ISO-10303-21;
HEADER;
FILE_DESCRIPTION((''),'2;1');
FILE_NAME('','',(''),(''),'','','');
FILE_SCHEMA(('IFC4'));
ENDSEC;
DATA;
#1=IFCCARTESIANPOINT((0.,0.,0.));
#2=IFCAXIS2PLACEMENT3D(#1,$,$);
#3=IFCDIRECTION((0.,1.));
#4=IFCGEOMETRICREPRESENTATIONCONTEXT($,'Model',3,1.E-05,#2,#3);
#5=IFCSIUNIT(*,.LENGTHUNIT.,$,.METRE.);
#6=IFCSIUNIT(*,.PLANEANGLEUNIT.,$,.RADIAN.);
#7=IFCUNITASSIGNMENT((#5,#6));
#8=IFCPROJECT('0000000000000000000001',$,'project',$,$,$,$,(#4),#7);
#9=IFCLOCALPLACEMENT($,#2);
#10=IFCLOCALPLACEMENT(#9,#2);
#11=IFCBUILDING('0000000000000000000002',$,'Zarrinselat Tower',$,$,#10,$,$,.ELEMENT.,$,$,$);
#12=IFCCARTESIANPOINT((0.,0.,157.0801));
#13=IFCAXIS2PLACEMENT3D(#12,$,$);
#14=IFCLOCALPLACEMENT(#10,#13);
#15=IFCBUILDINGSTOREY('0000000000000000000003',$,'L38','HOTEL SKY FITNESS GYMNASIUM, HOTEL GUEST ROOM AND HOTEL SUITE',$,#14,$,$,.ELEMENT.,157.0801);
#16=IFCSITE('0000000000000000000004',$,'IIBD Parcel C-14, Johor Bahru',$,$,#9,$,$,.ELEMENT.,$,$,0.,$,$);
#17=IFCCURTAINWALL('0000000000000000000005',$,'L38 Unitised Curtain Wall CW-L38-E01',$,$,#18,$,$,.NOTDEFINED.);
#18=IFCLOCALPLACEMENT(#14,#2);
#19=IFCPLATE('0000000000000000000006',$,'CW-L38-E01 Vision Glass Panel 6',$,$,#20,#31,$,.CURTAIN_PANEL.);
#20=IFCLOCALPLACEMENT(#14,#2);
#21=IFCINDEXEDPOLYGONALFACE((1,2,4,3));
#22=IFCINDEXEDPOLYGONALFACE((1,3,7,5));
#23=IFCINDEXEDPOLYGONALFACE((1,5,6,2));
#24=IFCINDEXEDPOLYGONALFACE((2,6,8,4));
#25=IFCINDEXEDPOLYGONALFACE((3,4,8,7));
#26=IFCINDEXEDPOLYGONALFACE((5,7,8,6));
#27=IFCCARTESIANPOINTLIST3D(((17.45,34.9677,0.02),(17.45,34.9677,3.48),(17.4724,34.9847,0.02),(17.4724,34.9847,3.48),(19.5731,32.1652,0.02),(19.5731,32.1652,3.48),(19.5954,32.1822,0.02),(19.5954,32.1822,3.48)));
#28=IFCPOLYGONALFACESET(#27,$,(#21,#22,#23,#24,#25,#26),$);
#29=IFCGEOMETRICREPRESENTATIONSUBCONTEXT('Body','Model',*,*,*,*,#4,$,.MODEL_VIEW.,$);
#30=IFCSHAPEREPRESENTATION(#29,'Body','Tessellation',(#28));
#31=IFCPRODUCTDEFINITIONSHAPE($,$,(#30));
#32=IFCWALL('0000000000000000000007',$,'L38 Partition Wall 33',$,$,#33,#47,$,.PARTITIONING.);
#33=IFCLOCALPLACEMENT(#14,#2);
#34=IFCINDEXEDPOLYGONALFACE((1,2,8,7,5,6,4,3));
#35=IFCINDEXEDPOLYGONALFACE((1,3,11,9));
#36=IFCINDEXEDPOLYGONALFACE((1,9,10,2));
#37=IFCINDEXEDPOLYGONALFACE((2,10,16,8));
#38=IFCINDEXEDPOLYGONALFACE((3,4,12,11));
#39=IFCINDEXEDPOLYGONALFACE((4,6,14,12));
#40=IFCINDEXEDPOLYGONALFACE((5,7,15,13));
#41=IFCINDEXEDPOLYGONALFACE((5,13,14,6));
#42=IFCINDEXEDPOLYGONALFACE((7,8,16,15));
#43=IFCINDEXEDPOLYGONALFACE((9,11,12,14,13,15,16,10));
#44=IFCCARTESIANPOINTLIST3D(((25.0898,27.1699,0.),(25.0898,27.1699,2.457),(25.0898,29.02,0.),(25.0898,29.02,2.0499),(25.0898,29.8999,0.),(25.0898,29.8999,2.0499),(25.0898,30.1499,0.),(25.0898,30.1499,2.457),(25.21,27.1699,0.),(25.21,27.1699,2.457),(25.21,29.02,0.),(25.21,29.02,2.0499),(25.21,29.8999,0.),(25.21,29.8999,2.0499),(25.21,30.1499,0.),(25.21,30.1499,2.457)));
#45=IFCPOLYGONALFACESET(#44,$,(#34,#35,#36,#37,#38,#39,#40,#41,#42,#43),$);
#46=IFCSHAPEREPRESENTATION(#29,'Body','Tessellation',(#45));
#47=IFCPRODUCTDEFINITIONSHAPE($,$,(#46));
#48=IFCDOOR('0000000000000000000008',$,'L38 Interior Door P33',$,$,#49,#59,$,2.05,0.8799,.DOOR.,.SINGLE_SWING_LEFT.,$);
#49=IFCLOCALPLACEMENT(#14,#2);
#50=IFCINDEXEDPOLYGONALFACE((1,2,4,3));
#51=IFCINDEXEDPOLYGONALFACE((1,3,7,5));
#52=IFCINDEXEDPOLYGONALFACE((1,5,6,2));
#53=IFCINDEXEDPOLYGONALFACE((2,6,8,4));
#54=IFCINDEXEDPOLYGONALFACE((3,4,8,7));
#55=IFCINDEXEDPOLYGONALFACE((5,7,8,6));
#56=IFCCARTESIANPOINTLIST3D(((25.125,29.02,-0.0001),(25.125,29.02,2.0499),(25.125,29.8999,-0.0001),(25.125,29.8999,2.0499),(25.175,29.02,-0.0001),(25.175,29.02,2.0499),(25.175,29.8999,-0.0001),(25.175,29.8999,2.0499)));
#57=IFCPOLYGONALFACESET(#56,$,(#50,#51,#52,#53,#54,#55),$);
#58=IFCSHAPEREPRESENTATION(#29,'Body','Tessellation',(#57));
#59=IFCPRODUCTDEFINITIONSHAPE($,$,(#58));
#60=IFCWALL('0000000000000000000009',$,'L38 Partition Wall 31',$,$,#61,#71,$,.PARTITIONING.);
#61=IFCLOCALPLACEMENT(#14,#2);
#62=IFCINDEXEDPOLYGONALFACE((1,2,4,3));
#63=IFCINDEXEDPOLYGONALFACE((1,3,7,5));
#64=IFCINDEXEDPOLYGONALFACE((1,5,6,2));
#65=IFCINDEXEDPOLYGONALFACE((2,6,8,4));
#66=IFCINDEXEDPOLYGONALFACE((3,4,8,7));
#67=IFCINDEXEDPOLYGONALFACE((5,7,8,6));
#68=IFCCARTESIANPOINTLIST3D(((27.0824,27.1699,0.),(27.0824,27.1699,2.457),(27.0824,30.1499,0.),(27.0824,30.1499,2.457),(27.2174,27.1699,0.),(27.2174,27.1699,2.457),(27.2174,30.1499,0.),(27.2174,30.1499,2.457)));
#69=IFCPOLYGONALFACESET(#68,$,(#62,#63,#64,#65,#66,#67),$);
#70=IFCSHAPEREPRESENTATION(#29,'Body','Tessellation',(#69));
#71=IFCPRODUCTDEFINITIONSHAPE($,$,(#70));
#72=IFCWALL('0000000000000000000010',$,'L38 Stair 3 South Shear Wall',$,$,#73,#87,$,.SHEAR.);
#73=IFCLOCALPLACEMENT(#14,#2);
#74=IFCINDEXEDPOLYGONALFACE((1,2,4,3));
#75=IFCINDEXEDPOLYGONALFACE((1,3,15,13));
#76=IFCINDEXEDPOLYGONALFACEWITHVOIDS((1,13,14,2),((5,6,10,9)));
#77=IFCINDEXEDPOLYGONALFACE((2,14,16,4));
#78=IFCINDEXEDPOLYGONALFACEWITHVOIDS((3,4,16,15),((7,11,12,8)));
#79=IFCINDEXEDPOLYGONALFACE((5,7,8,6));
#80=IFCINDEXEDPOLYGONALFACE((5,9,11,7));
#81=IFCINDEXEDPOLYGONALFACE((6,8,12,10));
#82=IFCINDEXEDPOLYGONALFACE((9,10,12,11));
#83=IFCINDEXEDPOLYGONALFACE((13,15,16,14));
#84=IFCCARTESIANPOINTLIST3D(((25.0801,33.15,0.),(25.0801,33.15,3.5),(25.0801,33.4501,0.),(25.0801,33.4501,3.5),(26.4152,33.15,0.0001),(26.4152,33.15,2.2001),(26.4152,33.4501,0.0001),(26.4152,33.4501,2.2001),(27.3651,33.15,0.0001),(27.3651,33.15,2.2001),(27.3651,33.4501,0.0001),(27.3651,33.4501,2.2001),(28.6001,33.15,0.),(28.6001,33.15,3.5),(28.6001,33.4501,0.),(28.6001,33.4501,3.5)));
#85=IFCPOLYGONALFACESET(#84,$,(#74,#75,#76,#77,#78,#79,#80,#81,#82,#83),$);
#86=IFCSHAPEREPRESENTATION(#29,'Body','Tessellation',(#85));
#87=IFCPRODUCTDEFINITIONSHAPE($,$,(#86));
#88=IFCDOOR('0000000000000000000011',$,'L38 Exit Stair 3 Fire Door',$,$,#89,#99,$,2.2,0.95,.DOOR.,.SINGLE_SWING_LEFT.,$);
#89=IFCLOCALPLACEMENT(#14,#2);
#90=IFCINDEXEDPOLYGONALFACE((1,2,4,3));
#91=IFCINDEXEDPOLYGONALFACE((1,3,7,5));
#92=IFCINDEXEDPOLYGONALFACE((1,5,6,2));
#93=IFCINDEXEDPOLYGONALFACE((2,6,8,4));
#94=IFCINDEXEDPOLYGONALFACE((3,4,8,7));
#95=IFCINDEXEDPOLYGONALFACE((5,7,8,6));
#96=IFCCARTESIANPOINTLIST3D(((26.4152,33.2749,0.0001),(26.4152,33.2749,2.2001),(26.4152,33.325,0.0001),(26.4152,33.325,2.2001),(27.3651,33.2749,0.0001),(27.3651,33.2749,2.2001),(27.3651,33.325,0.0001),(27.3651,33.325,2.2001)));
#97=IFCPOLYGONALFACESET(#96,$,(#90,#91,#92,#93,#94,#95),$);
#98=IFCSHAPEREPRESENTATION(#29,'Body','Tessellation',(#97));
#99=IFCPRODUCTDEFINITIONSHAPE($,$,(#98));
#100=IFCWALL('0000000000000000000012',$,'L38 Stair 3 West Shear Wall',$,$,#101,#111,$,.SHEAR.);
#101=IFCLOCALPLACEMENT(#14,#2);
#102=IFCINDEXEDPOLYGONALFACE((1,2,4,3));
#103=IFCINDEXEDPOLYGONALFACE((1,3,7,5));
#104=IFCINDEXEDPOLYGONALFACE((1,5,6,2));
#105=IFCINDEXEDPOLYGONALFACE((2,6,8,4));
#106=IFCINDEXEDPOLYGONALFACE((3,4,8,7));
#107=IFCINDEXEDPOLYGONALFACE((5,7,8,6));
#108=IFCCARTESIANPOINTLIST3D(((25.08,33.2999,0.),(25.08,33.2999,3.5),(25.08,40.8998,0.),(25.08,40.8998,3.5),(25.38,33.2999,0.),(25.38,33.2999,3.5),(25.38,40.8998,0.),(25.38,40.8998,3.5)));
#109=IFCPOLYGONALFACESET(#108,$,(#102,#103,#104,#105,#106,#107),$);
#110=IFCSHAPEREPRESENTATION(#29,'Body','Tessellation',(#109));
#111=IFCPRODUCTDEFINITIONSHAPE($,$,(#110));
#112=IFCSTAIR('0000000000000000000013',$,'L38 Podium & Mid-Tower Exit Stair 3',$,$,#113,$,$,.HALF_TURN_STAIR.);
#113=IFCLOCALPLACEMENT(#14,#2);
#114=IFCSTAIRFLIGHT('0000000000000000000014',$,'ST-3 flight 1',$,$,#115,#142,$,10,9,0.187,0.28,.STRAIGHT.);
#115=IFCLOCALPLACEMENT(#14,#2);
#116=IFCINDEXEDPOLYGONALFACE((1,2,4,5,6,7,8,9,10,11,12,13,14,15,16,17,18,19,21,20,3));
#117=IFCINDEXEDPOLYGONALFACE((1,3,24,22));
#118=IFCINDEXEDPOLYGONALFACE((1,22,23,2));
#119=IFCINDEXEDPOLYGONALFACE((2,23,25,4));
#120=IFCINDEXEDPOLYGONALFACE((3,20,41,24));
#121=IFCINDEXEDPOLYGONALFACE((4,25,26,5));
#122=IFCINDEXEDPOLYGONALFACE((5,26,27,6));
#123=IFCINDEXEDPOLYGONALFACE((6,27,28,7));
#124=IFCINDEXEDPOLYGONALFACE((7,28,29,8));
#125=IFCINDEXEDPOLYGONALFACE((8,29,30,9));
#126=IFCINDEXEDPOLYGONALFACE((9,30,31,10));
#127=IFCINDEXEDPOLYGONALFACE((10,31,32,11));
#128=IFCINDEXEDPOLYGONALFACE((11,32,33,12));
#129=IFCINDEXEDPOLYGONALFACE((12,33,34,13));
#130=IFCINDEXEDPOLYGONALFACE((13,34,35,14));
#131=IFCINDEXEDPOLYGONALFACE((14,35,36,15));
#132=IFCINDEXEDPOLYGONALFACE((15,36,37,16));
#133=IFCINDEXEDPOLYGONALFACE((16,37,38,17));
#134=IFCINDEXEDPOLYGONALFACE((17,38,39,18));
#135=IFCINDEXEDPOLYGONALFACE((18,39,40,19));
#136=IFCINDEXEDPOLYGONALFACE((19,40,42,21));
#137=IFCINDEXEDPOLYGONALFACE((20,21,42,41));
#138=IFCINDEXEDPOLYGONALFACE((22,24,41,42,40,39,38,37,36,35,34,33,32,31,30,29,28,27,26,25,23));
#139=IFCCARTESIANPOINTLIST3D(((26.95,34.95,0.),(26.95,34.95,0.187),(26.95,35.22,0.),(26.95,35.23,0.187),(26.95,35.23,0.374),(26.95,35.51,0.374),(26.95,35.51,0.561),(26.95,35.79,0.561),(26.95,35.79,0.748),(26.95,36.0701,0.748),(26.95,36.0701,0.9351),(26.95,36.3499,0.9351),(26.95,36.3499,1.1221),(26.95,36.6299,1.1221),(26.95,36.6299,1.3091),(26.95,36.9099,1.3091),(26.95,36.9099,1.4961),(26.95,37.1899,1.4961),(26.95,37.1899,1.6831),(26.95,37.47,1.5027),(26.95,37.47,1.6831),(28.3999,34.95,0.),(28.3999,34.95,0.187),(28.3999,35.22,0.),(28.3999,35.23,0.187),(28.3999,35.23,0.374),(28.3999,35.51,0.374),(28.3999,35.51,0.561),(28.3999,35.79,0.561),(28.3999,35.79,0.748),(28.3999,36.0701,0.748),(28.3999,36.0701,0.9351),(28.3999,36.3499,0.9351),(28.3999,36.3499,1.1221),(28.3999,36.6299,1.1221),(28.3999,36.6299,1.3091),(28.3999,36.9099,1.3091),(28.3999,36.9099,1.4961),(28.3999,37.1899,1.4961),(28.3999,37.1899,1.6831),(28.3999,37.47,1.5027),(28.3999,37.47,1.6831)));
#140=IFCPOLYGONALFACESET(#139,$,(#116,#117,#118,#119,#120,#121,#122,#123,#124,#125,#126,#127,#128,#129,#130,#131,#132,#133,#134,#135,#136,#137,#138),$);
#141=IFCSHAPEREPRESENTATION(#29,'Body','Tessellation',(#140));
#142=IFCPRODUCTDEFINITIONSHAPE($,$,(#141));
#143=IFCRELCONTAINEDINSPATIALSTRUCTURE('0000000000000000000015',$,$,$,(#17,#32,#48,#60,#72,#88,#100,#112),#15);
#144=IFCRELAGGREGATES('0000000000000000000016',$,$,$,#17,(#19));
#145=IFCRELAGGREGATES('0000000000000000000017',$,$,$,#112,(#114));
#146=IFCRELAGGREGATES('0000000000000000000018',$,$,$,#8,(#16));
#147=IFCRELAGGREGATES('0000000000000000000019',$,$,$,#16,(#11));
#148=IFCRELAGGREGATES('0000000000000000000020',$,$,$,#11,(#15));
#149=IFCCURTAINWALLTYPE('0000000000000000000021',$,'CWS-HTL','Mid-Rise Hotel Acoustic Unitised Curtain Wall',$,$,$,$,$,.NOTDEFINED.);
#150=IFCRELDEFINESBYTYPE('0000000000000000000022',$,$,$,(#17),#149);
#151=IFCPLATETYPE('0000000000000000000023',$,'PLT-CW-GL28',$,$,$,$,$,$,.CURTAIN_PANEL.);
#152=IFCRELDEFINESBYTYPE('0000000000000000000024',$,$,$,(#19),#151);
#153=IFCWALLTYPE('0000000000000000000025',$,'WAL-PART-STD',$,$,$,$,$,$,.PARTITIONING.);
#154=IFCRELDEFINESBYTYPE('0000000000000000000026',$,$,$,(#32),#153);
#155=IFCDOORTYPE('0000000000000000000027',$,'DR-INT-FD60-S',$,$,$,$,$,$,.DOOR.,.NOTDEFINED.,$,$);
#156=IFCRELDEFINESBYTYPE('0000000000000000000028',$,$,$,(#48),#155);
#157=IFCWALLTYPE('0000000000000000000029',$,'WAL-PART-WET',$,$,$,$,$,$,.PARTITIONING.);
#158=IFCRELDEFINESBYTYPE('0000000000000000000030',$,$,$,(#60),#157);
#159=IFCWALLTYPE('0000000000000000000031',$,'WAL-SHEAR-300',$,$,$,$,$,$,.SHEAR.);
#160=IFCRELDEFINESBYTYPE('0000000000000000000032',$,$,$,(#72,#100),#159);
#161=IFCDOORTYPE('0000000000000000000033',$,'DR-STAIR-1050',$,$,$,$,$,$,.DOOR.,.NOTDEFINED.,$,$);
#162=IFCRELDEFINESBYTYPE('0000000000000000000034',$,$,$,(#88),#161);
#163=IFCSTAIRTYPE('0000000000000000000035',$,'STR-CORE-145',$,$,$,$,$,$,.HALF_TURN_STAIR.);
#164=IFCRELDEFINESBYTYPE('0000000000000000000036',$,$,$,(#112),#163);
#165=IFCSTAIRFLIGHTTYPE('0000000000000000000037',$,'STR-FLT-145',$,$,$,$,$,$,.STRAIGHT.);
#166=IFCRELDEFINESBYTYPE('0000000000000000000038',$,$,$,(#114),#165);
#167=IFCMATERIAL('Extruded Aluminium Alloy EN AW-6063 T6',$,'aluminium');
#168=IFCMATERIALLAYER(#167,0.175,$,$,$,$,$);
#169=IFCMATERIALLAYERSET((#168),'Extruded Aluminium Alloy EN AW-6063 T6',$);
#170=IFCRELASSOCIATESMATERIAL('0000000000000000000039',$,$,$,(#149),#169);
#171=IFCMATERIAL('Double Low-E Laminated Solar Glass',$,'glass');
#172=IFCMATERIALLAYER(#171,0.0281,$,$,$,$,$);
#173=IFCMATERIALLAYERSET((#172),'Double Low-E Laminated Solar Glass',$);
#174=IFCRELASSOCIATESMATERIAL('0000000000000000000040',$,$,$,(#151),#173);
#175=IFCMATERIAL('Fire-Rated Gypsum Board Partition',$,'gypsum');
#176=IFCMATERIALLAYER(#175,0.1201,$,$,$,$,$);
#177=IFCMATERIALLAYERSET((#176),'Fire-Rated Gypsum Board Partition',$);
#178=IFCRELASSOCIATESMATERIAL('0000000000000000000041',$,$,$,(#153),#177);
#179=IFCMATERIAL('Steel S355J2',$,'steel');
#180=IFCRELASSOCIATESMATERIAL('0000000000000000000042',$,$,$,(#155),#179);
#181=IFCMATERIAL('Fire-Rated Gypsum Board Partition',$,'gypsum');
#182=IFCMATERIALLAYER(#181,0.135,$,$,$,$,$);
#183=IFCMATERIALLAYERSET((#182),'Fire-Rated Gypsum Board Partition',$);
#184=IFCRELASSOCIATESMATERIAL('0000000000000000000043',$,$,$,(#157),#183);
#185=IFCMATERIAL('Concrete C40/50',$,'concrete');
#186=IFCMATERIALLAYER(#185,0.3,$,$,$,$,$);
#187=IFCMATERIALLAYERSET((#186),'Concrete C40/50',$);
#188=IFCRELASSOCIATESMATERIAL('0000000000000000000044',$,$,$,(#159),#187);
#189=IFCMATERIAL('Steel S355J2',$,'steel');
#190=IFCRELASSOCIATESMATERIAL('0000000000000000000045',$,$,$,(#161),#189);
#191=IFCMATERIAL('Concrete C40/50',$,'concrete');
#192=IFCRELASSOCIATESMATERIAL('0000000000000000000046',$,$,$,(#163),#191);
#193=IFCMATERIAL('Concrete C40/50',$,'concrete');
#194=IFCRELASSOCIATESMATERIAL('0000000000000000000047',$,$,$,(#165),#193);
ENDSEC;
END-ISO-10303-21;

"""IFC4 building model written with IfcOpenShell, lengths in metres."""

from ifc_helpers import new_model, si_unit, direction, frame, frame_2d, origin, origin_2d, place, context, subcontext, project, spatial, polyline, rectangle, outline, extrude, material, layer, layer_set, type_object, element, fill, aggregate, save


model = new_model("IFC4")

# Units and contexts
model_context = context("Model", 3, precision=1e-05, world=origin(), true_north=direction((0.0, 1.0)))
body_context = subcontext(model_context, "Body", "Model", "MODEL_VIEW")
ifc_project = project(units=[si_unit("LENGTHUNIT", "METRE"), si_unit("PLANEANGLEUNIT", "RADIAN")], contexts=[model_context])

# Site, building, storey
site_placement = place(None, origin())
site = spatial("IfcSite", under=ifc_project, at=site_placement, Name="IIBD Parcel C-14, Johor Bahru", CompositionType="ELEMENT", RefElevation=0.0)
building_placement = place(site_placement, origin())
building = spatial("IfcBuilding", under=site, at=building_placement, Name="Zarrinselat Tower", CompositionType="ELEMENT")
storey_placement = place(building_placement, frame((0.0, 0.0, 157.0801)))
storey = spatial("IfcBuildingStorey", under=building, at=storey_placement, Name="L38", Description="HOTEL SKY FITNESS GYMNASIUM, HOTEL GUEST ROOM AND HOTEL SUITE", CompositionType="ELEMENT", Elevation=157.0801)

# Curtain wall, plate
ifc_material_1 = material(Name="Extruded Aluminium Alloy EN AW-6063 T6", Category="aluminium")
ifc_layer_1 = layer(ifc_material_1, 0.175)
ifc_layer_set_1 = layer_set([ifc_layer_1], Name="Extruded Aluminium Alloy EN AW-6063 T6")
curtain_wall_type = type_object("IfcCurtainWallType", Name="CWS-HTL", Description="Mid-Rise Hotel Acoustic Unitised Curtain Wall", PredefinedType="NOTDEFINED", material=ifc_layer_set_1)
curtain_wall_placement = place(storey_placement, origin())
curtain_wall = element("IfcCurtainWall", 1, at=curtain_wall_placement, inside=storey, type_object=curtain_wall_type, Name="L38 Unitised Curtain Wall CW-L38-E01", PredefinedType="NOTDEFINED")
ifc_material_2 = material(Name="Double Low-E Laminated Solar Glass", Category="glass")
ifc_layer_2 = layer(ifc_material_2, 0.0281)
ifc_layer_set_2 = layer_set([ifc_layer_2], Name="Double Low-E Laminated Solar Glass")
plate_type = type_object("IfcPlateType", Name="PLT-CW-GL28", PredefinedType="CURTAIN_PANEL", material=ifc_layer_set_2)
plate_1_placement = place(storey_placement, frame((18.5227, 33.575, 0.02), z_axis=(0.0, 0.0, 1.0), x_axis=(-0.603858, 0.797092, 0.0)))
plate_1 = element("IfcPlate", 2, at=plate_1_placement, type_object=plate_type, Name="CW-L38-E01 Vision Glass Panel 6", PredefinedType="CURTAIN_PANEL", context=body_context, shape_type="SweptSolid", body=[
    extrude(rectangle(XDim=3.5159, YDim=0.0281, at=origin_2d()), origin(), (0.0, 0.0, 1.0), 3.46),
])
aggregate(curtain_wall, [plate_1])

# Wall, opening, door
ifc_material_3 = material(Name="Fire-Rated Gypsum Board Partition", Category="gypsum")
ifc_layer_3 = layer(ifc_material_3, 0.1201)
ifc_layer_set_3 = layer_set([ifc_layer_3], Name="Fire-Rated Gypsum Board Partition")
wall_type_1 = type_object("IfcWallType", Name="WAL-PART-STD", PredefinedType="PARTITIONING", material=ifc_layer_set_3)
wall_1_placement = place(storey_placement, frame((25.1499, 27.1699, 0.0), z_axis=(0.0, 0.0, 1.0), x_axis=(0.0, 1.0, 0.0)))
wall_1 = element("IfcWall", 3, at=wall_1_placement, inside=storey, type_object=wall_type_1, Name="L38 Partition Wall 33", PredefinedType="PARTITIONING", context=body_context, shape_type="SweptSolid", body=[
    extrude(rectangle(XDim=2.98, YDim=0.1201, at=frame_2d((1.49, 0.0))), origin(), (0.0, 0.0, 1.0), 2.457),
])
opening_1_placement = place(wall_1_placement, frame((1.8501, 0.0, 0.0)))
opening_1 = element("IfcOpeningElement", 4, at=opening_1_placement, cuts=wall_1, PredefinedType="OPENING", context=body_context, shape_type="SweptSolid", body=[
    extrude(rectangle(XDim=0.8799, YDim=2.05, at=frame_2d((0.4399, 1.0249))), frame((0.0, 0.0701, 0.0), z_axis=(0.0, -1.0, 0.0), x_axis=(1.0, 0.0, 0.0)), (0.0, 0.0, 1.0), 0.1401),
])
ifc_material_4 = material(Name="Steel S355J2", Category="steel")
door_type_1 = type_object("IfcDoorType", Name="DR-INT-FD60-S", OperationType="NOTDEFINED", PredefinedType="DOOR", material=ifc_material_4)
door_1_placement = place(opening_1_placement, origin())
door_1 = element("IfcDoor", 5, at=door_1_placement, inside=storey, type_object=door_type_1, Name="L38 Interior Door P33", OperationType="SINGLE_SWING_LEFT", OverallHeight=2.05, OverallWidth=0.8799, PredefinedType="DOOR", context=body_context, shape_type="SweptSolid", body=[
    extrude(rectangle(XDim=0.8799, YDim=2.05, at=frame_2d((0.4399, 1.0249))), frame((0.0, 0.0249, 0.0), z_axis=(0.0, -1.0, 0.0), x_axis=(1.0, 0.0, 0.0)), (0.0, 0.0, 1.0), 0.05),
])
fill(opening_1, door_1)

# Wall
ifc_material_5 = material(Name="Fire-Rated Gypsum Board Partition", Category="gypsum")
ifc_layer_4 = layer(ifc_material_5, 0.135)
ifc_layer_set_4 = layer_set([ifc_layer_4], Name="Fire-Rated Gypsum Board Partition")
wall_type_2 = type_object("IfcWallType", Name="WAL-PART-WET", PredefinedType="PARTITIONING", material=ifc_layer_set_4)
wall_2_placement = place(storey_placement, frame((27.1499, 27.1699, 0.0), z_axis=(0.0, 0.0, 1.0), x_axis=(0.0, 1.0, 0.0)))
element("IfcWall", 6, at=wall_2_placement, inside=storey, type_object=wall_type_2, Name="L38 Partition Wall 31", PredefinedType="PARTITIONING", context=body_context, shape_type="SweptSolid", body=[
    extrude(rectangle(XDim=2.98, YDim=0.135, at=frame_2d((1.49, 0.0))), origin(), (0.0, 0.0, 1.0), 2.457),
])

# Wall, opening, door
ifc_material_6 = material(Name="Concrete C40/50", Category="concrete")
ifc_layer_5 = layer(ifc_material_6, 0.3)
ifc_layer_set_5 = layer_set([ifc_layer_5], Name="Concrete C40/50")
wall_type_3 = type_object("IfcWallType", Name="WAL-SHEAR-300", PredefinedType="SHEAR", material=ifc_layer_set_5)
wall_3_placement = place(storey_placement, frame((25.0801, 33.3, 0.0), z_axis=(0.0, 0.0, 1.0), x_axis=(1.0, 0.0, 0.0)))
wall_3 = element("IfcWall", 7, at=wall_3_placement, inside=storey, type_object=wall_type_3, Name="L38 Stair 3 South Shear Wall", PredefinedType="SHEAR", context=body_context, shape_type="SweptSolid", body=[
    extrude(rectangle(XDim=3.52, YDim=0.3, at=frame_2d((1.76, 0.0))), origin(), (0.0, 0.0, 1.0), 3.5),
])
opening_2_placement = place(wall_3_placement, frame((1.335, 0.0, 0.0)))
opening_2 = element("IfcOpeningElement", 8, at=opening_2_placement, cuts=wall_3, PredefinedType="OPENING", context=body_context, shape_type="SweptSolid", body=[
    extrude(rectangle(XDim=0.95, YDim=2.2, at=frame_2d((0.4751, 1.1001))), frame((0.0, 0.1599, 0.0), z_axis=(0.0, -1.0, 0.0), x_axis=(1.0, 0.0, 0.0)), (0.0, 0.0, 1.0), 0.3201),
])
ifc_material_7 = material(Name="Steel S355J2", Category="steel")
door_type_2 = type_object("IfcDoorType", Name="DR-STAIR-1050", OperationType="NOTDEFINED", PredefinedType="DOOR", material=ifc_material_7)
door_2_placement = place(opening_2_placement, origin())
door_2 = element("IfcDoor", 9, at=door_2_placement, inside=storey, type_object=door_type_2, Name="L38 Exit Stair 3 Fire Door", OperationType="SINGLE_SWING_LEFT", OverallHeight=2.2, OverallWidth=0.95, PredefinedType="DOOR", context=body_context, shape_type="SweptSolid", body=[
    extrude(rectangle(XDim=0.95, YDim=2.2, at=frame_2d((0.4751, 1.1001))), frame((0.0, 0.0249, 0.0), z_axis=(0.0, -1.0, 0.0), x_axis=(1.0, 0.0, 0.0)), (0.0, 0.0, 1.0), 0.05),
])
fill(opening_2, door_2)

# Wall
wall_4_placement = place(storey_placement, frame((25.23, 33.3, 0.0), z_axis=(0.0, 0.0, 1.0), x_axis=(0.0, 1.0, 0.0)))
element("IfcWall", 10, at=wall_4_placement, inside=storey, type_object=wall_type_3, Name="L38 Stair 3 West Shear Wall", PredefinedType="SHEAR", context=body_context, shape_type="SweptSolid", body=[
    extrude(rectangle(XDim=7.5999, YDim=0.3, at=frame_2d((3.7998, 0.0))), origin(), (0.0, 0.0, 1.0), 3.5),
])

# Stair, stair flight
ifc_material_8 = material(Name="Concrete C40/50", Category="concrete")
stair_type = type_object("IfcStairType", Name="STR-CORE-145", PredefinedType="HALF_TURN_STAIR", material=ifc_material_8)
stair_placement = place(storey_placement, origin())
stair = element("IfcStair", 11, at=stair_placement, inside=storey, type_object=stair_type, Name="L38 Podium & Mid-Tower Exit Stair 3", PredefinedType="HALF_TURN_STAIR")
ifc_material_9 = material(Name="Concrete C40/50", Category="concrete")
stair_flight_type = type_object("IfcStairFlightType", Name="STR-FLT-145", PredefinedType="STRAIGHT", material=ifc_material_9)
stair_flight_placement = place(storey_placement, frame((27.675, 34.95, 0.0), z_axis=(0.0, 0.0, 1.0), x_axis=(0.0, 1.0, 0.0)))
stair_flight = element("IfcStairFlight", 12, at=stair_flight_placement, type_object=stair_flight_type, Name="ST-3 flight 1", NumberOfRisers=10, NumberOfTreads=9, PredefinedType="STRAIGHT", RiserHeight=0.187, TreadLength=0.28, context=body_context, shape_type="SweptSolid", body=[
    extrude(outline(polyline([(0.0, 0.0), (0.0, 0.187), (0.28, 0.187), (0.28, 0.374), (0.5601, 0.374), (0.5601, 0.561), (0.8401, 0.561), (0.8401, 0.748), (1.1201, 0.748), (1.1201, 0.9351), (1.3999, 0.9351), (1.3999, 1.1221), (1.6799, 1.1221), (1.6799, 1.3091), (1.96, 1.3091), (1.96, 1.4961), (2.24, 1.4961), (2.24, 1.6831), (2.52, 1.6831), (2.52, 1.8701), (2.52, 1.5027), (0.27, 0.0), (0.0, 0.0)])), frame((0.0, 0.7251, 0.0), z_axis=(0.0, -1.0, 0.0), x_axis=(1.0, 0.0, 0.0)), (0.0, 0.0, 1.0), 1.45),
])
aggregate(stair, [stair_flight])

save(model, "model.ifc")
